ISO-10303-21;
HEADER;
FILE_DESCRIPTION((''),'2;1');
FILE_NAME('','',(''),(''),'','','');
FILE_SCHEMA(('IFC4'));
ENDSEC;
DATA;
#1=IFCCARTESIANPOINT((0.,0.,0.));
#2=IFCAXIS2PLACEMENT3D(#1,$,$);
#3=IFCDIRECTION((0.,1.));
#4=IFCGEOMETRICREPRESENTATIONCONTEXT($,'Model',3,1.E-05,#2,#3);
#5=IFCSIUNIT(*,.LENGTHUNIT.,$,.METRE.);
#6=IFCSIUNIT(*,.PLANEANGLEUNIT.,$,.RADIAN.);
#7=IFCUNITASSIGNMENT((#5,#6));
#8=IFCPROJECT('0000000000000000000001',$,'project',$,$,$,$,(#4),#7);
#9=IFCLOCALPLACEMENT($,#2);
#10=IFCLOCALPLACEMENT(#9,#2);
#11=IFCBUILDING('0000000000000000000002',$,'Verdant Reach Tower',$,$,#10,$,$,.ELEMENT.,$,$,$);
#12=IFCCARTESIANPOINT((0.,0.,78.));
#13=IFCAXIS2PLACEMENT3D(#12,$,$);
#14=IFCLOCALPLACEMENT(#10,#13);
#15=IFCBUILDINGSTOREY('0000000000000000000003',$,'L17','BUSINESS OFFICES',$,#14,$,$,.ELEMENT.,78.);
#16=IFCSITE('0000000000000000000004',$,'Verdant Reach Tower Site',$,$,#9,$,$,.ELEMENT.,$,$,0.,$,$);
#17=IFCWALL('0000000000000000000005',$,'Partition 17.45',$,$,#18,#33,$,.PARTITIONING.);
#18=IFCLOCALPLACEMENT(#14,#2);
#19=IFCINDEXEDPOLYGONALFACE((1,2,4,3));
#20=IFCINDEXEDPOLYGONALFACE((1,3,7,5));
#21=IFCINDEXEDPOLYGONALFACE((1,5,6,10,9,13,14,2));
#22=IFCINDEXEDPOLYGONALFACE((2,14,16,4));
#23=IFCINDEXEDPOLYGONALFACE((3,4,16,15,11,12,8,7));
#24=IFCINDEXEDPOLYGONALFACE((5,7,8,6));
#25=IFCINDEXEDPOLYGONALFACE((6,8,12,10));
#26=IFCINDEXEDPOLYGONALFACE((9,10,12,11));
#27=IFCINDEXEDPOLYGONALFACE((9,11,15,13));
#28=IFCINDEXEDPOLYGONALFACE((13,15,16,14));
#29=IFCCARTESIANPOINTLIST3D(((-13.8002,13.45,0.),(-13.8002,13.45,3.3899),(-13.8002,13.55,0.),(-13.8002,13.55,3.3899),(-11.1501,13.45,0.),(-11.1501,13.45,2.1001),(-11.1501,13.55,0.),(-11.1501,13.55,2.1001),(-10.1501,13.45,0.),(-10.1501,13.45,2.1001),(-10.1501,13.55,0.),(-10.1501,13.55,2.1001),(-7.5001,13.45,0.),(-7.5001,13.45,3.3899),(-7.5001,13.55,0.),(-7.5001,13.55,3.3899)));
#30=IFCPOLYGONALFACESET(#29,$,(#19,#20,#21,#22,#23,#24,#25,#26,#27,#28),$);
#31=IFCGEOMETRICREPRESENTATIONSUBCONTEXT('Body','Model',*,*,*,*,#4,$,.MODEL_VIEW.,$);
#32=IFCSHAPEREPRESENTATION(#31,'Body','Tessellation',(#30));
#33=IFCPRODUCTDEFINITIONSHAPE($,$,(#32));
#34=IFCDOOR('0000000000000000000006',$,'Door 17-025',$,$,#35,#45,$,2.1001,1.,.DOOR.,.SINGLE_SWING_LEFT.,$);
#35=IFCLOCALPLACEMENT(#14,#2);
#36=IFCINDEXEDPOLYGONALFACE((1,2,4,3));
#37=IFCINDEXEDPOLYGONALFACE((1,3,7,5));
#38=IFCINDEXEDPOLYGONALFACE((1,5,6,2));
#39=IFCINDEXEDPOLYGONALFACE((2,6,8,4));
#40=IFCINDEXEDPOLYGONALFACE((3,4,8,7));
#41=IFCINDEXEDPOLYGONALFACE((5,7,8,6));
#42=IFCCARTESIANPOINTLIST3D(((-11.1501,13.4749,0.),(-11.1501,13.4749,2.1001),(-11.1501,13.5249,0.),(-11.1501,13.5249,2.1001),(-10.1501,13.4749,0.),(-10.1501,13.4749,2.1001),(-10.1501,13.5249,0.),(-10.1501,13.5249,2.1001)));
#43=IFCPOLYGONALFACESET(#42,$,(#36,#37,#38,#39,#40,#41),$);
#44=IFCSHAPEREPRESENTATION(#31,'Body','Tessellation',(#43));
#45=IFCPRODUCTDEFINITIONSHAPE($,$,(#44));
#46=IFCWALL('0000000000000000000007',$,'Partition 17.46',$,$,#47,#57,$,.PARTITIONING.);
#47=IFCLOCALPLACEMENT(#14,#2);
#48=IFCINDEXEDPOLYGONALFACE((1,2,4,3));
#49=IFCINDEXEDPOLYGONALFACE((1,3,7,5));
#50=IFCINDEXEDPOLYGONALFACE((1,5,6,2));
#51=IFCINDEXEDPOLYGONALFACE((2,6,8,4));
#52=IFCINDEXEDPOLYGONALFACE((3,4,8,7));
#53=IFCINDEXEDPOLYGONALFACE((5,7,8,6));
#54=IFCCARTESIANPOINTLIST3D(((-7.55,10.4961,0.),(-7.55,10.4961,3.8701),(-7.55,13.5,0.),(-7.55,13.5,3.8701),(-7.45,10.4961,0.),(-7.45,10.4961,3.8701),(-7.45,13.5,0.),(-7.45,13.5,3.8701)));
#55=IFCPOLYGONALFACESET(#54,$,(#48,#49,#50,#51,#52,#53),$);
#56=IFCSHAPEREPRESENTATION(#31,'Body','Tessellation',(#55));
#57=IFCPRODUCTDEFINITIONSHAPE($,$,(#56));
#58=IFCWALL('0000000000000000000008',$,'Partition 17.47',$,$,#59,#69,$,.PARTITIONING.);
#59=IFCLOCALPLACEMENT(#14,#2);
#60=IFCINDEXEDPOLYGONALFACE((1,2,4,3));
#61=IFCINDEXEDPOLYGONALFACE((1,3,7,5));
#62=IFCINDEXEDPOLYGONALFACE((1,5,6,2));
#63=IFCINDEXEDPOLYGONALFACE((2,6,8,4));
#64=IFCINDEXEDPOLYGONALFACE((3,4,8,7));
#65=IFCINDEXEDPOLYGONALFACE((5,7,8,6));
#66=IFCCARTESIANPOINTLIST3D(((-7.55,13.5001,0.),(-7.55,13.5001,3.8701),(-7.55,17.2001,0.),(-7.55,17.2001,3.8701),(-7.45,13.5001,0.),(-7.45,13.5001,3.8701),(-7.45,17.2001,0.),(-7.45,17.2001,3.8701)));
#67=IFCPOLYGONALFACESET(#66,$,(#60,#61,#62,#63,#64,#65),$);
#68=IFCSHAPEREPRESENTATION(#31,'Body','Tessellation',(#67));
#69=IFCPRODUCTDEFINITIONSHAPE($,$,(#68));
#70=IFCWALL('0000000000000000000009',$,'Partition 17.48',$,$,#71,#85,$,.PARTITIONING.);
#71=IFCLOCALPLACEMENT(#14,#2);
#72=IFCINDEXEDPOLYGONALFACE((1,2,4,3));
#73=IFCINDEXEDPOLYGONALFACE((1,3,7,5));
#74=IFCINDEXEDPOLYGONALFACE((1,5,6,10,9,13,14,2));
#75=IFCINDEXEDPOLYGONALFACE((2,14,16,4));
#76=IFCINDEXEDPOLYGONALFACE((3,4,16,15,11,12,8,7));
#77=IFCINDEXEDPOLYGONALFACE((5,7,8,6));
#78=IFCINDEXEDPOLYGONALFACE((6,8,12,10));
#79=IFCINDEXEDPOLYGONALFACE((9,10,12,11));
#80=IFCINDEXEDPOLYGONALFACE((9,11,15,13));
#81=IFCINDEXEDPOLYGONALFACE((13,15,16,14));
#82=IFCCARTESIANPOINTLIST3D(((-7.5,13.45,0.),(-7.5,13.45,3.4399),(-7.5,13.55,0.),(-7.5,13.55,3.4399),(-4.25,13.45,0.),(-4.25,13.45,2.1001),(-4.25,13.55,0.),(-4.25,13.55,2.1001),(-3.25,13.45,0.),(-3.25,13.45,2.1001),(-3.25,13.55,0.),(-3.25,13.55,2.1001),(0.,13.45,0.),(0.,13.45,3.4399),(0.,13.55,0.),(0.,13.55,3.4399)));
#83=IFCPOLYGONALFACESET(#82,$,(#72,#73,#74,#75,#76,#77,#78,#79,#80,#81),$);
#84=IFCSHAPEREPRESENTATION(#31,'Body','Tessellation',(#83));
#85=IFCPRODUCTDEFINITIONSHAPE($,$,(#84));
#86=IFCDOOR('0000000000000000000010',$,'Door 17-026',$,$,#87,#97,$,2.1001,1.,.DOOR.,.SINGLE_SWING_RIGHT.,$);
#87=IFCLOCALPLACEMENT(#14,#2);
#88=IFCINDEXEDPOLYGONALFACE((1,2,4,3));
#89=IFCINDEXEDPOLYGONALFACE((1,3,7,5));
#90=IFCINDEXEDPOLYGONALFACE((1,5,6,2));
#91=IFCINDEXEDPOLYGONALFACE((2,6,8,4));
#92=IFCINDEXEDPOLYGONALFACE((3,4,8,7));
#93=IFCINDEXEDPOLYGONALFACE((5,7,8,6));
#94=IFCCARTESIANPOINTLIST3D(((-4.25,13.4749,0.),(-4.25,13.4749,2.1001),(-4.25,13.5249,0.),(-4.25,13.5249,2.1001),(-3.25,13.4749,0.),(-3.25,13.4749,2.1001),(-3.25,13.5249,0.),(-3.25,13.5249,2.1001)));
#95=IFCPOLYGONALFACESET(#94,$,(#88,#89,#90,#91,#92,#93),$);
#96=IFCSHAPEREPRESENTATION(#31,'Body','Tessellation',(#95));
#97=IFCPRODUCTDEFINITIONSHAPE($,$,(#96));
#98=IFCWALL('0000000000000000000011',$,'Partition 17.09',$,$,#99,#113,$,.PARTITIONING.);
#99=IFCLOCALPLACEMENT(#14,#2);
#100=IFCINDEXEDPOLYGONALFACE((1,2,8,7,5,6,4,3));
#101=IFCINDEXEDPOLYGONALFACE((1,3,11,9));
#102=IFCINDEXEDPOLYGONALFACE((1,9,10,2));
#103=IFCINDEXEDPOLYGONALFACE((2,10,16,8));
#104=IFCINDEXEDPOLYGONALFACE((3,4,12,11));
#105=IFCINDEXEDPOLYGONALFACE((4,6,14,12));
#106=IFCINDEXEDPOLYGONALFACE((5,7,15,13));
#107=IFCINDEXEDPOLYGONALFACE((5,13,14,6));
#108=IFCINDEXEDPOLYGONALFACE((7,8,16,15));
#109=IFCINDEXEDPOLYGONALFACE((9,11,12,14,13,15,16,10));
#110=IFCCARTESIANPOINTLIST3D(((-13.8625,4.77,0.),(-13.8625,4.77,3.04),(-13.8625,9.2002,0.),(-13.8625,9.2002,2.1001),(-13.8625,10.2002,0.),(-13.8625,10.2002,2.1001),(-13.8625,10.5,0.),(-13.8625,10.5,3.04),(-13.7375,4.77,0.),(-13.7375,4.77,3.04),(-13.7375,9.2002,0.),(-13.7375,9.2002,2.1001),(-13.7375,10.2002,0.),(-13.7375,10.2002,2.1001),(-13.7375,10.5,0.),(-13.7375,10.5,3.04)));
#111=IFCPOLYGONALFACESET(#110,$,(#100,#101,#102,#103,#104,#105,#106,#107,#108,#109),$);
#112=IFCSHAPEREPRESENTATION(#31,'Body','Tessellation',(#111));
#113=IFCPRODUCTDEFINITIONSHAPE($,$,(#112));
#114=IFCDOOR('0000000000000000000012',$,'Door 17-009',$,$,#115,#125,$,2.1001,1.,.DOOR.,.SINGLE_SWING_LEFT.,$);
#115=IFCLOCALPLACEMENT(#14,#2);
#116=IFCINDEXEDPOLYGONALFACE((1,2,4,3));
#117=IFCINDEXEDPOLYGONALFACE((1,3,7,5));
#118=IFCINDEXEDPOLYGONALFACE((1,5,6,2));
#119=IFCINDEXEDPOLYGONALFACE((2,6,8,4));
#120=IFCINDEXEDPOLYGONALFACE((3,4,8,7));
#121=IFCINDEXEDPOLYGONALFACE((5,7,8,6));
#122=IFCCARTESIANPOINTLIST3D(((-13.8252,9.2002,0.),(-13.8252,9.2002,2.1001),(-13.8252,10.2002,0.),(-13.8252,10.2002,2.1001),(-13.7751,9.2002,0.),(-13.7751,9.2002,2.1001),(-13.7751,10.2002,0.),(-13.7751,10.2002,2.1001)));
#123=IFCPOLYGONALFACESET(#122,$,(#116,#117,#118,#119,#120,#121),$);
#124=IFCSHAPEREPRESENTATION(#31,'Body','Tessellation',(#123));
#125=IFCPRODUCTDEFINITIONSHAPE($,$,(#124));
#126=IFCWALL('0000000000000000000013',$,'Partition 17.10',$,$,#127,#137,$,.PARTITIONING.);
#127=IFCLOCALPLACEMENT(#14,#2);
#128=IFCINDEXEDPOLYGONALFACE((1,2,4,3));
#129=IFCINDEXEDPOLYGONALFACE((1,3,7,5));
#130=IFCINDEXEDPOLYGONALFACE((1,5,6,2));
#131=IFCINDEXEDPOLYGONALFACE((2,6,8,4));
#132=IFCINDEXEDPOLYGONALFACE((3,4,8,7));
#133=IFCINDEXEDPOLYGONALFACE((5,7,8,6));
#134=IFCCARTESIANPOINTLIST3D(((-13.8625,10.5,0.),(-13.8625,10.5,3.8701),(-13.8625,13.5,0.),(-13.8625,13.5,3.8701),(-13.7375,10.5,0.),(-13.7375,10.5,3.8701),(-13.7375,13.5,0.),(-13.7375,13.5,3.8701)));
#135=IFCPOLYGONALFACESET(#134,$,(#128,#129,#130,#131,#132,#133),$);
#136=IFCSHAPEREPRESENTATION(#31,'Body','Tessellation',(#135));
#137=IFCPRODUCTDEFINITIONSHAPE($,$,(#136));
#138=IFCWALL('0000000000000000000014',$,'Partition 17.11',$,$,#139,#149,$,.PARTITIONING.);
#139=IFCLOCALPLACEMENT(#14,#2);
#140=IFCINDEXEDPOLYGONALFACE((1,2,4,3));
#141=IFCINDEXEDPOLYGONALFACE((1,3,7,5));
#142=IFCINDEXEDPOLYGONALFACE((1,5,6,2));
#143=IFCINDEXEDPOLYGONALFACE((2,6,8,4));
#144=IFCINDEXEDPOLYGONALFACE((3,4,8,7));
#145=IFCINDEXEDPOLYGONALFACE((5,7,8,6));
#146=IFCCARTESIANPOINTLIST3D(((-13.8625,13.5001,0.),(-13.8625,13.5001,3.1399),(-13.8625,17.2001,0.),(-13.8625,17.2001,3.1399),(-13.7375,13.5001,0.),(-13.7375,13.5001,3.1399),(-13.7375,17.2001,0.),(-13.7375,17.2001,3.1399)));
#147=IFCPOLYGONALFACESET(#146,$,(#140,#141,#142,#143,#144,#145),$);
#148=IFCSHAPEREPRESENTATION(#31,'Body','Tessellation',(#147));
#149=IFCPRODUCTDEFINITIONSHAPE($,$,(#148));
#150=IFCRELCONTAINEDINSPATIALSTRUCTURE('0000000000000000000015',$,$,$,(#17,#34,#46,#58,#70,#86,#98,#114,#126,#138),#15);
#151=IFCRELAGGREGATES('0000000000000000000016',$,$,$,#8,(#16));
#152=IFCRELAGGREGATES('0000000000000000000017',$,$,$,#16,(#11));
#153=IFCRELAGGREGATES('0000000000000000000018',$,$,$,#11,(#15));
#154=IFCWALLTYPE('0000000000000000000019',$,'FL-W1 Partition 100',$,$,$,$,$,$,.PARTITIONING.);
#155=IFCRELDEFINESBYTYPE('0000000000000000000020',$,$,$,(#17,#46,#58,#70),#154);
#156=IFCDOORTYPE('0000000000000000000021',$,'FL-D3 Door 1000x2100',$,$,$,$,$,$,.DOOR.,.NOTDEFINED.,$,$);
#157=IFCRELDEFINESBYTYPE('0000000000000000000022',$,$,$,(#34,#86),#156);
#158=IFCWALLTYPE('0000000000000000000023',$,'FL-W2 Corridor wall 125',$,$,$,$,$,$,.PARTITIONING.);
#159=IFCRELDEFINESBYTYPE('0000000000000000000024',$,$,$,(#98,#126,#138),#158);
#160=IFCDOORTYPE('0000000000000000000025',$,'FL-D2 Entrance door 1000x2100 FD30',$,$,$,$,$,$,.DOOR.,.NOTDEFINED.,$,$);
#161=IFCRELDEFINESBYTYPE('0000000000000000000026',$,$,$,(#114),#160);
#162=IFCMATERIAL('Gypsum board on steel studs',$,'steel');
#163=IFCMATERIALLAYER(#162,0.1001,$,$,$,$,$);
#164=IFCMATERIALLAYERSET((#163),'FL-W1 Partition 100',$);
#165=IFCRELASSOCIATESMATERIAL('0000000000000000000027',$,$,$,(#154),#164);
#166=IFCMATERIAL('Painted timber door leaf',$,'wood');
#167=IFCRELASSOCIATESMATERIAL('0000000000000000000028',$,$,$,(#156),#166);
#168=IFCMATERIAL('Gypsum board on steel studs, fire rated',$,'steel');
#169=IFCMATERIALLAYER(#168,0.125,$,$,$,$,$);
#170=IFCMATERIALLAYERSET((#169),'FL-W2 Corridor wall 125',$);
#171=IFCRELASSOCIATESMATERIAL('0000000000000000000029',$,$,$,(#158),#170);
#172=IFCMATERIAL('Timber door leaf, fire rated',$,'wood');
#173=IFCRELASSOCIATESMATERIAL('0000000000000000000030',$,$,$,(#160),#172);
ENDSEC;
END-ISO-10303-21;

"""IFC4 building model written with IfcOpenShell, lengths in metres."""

from ifc_helpers import new_model, si_unit, direction, frame, frame_2d, origin, place, context, subcontext, project, spatial, rectangle, extrude, material, layer, layer_set, type_object, element, fill, save


model = new_model("IFC4")

# Units and contexts
model_context = context("Model", 3, precision=1e-05, world=origin(), true_north=direction((0.0, 1.0)))
body_context = subcontext(model_context, "Body", "Model", "MODEL_VIEW")
ifc_project = project(units=[si_unit("LENGTHUNIT", "METRE"), si_unit("PLANEANGLEUNIT", "RADIAN")], contexts=[model_context])

# Site, building, storey
site_placement = place(None, origin())
site = spatial("IfcSite", under=ifc_project, at=site_placement, Name="Verdant Reach Tower Site", CompositionType="ELEMENT", RefElevation=0.0)
building_placement = place(site_placement, origin())
building = spatial("IfcBuilding", under=site, at=building_placement, Name="Verdant Reach Tower", CompositionType="ELEMENT")
storey_placement = place(building_placement, frame((0.0, 0.0, 78.0)))
storey = spatial("IfcBuildingStorey", under=building, at=storey_placement, Name="L17", Description="BUSINESS OFFICES", CompositionType="ELEMENT", Elevation=78.0)

# Wall, opening, door
ifc_material_1 = material(Name="Gypsum board on steel studs", Category="steel")
ifc_layer_1 = layer(ifc_material_1, 0.1001)
ifc_layer_set_1 = layer_set([ifc_layer_1], Name="FL-W1 Partition 100")
wall_type_1 = type_object("IfcWallType", Name="FL-W1 Partition 100", PredefinedType="PARTITIONING", material=ifc_layer_set_1)
ifc_material_2 = material(Name="Painted timber door leaf", Category="wood")
door_type_1 = type_object("IfcDoorType", Name="FL-D3 Door 1000x2100", OperationType="NOTDEFINED", PredefinedType="DOOR", material=ifc_material_2)
wall_1_placement = place(storey_placement, frame((-13.8, 13.5, 0.0), z_axis=(0.0, 0.0, 1.0), x_axis=(1.0, 0.0, 0.0)))
wall_1 = element("IfcWall", 1, at=wall_1_placement, inside=storey, type_object=wall_type_1, Name="Partition 17.45", PredefinedType="PARTITIONING", context=body_context, shape_type="SweptSolid", body=[
    extrude(rectangle(XDim=6.3, YDim=0.1001, at=frame_2d((3.1499, 0.0))), origin(), (0.0, 0.0, 1.0), 3.3899),
])
opening_1_placement = place(wall_1_placement, frame((2.6499, 0.0, 0.0)))
opening_1 = element("IfcOpeningElement", 2, at=opening_1_placement, cuts=wall_1, PredefinedType="OPENING", context=body_context, shape_type="SweptSolid", body=[
    extrude(rectangle(XDim=1.0, YDim=2.1001, at=frame_2d((0.5, 1.05))), frame((0.0, 0.0601, 0.0), z_axis=(0.0, -1.0, 0.0), x_axis=(1.0, 0.0, 0.0)), (0.0, 0.0, 1.0), 0.1201),
])
door_1_placement = place(opening_1_placement, origin())
door_1 = element("IfcDoor", 3, at=door_1_placement, inside=storey, type_object=door_type_1, Name="Door 17-025", OperationType="SINGLE_SWING_LEFT", OverallHeight=2.1001, OverallWidth=1.0, PredefinedType="DOOR", context=body_context, shape_type="SweptSolid", body=[
    extrude(rectangle(XDim=1.0, YDim=2.1001, at=frame_2d((0.5, 1.05))), frame((0.0, 0.0249, 0.0), z_axis=(0.0, -1.0, 0.0), x_axis=(1.0, 0.0, 0.0)), (0.0, 0.0, 1.0), 0.05),
])
fill(opening_1, door_1)

# Walls
wall_2_placement = place(storey_placement, frame((-7.5, 10.4961, 0.0), z_axis=(0.0, 0.0, 1.0), x_axis=(0.0, 1.0, 0.0)))
element("IfcWall", 4, at=wall_2_placement, inside=storey, type_object=wall_type_1, Name="Partition 17.46", PredefinedType="PARTITIONING", context=body_context, shape_type="SweptSolid", body=[
    extrude(rectangle(XDim=3.0039, YDim=0.1001, at=frame_2d((1.502, 0.0))), origin(), (0.0, 0.0, 1.0), 3.8701),
])
wall_3_placement = place(storey_placement, frame((-7.5, 13.5, 0.0), z_axis=(0.0, 0.0, 1.0), x_axis=(0.0, 1.0, 0.0)))
element("IfcWall", 5, at=wall_3_placement, inside=storey, type_object=wall_type_1, Name="Partition 17.47", PredefinedType="PARTITIONING", context=body_context, shape_type="SweptSolid", body=[
    extrude(rectangle(XDim=3.7, YDim=0.1001, at=frame_2d((1.8501, 0.0))), origin(), (0.0, 0.0, 1.0), 3.8701),
])

# Walls, openings, doors
wall_4_placement = place(storey_placement, frame((-7.5, 13.5, 0.0), z_axis=(0.0, 0.0, 1.0), x_axis=(1.0, 0.0, 0.0)))
wall_4 = element("IfcWall", 6, at=wall_4_placement, inside=storey, type_object=wall_type_1, Name="Partition 17.48", PredefinedType="PARTITIONING", context=body_context, shape_type="SweptSolid", body=[
    extrude(rectangle(XDim=7.5, YDim=0.1001, at=frame_2d((3.75, 0.0))), origin(), (0.0, 0.0, 1.0), 3.4399),
])
opening_2_placement = place(wall_4_placement, frame((3.25, 0.0, 0.0)))
opening_2 = element("IfcOpeningElement", 7, at=opening_2_placement, cuts=wall_4, PredefinedType="OPENING", context=body_context, shape_type="SweptSolid", body=[
    extrude(rectangle(XDim=1.0, YDim=2.1001, at=frame_2d((0.5, 1.05))), frame((0.0, 0.0601, 0.0), z_axis=(0.0, -1.0, 0.0), x_axis=(1.0, 0.0, 0.0)), (0.0, 0.0, 1.0), 0.1201),
])
door_2_placement = place(opening_2_placement, origin())
door_2 = element("IfcDoor", 8, at=door_2_placement, inside=storey, type_object=door_type_1, Name="Door 17-026", OperationType="SINGLE_SWING_RIGHT", OverallHeight=2.1001, OverallWidth=1.0, PredefinedType="DOOR", context=body_context, shape_type="SweptSolid", body=[
    extrude(rectangle(XDim=1.0, YDim=2.1001, at=frame_2d((0.5, 1.05))), frame((0.0, 0.0249, 0.0), z_axis=(0.0, -1.0, 0.0), x_axis=(1.0, 0.0, 0.0)), (0.0, 0.0, 1.0), 0.05),
])
fill(opening_2, door_2)
ifc_material_3 = material(Name="Gypsum board on steel studs, fire rated", Category="steel")
ifc_layer_2 = layer(ifc_material_3, 0.125)
ifc_layer_set_2 = layer_set([ifc_layer_2], Name="FL-W2 Corridor wall 125")
wall_type_2 = type_object("IfcWallType", Name="FL-W2 Corridor wall 125", PredefinedType="PARTITIONING", material=ifc_layer_set_2)
wall_5_placement = place(storey_placement, frame((-13.8, 10.5, 0.0), z_axis=(0.0, 0.0, 1.0), x_axis=(0.0, -1.0, 0.0)))
wall_5 = element("IfcWall", 9, at=wall_5_placement, inside=storey, type_object=wall_type_2, Name="Partition 17.09", PredefinedType="PARTITIONING", context=body_context, shape_type="SweptSolid", body=[
    extrude(rectangle(XDim=5.73, YDim=0.125, at=frame_2d((2.865, 0.0))), origin(), (0.0, 0.0, 1.0), 3.04),
])
opening_3_placement = place(wall_5_placement, frame((0.2998, 0.0, 0.0)))
opening_3 = element("IfcOpeningElement", 10, at=opening_3_placement, cuts=wall_5, PredefinedType="OPENING", context=body_context, shape_type="SweptSolid", body=[
    extrude(rectangle(XDim=1.0, YDim=2.1001, at=frame_2d((0.5, 1.05))), frame((0.0, 0.0725, 0.0), z_axis=(0.0, -1.0, 0.0), x_axis=(1.0, 0.0, 0.0)), (0.0, 0.0, 1.0), 0.145),
])
ifc_material_4 = material(Name="Timber door leaf, fire rated", Category="wood")
door_type_2 = type_object("IfcDoorType", Name="FL-D2 Entrance door 1000x2100 FD30", OperationType="NOTDEFINED", PredefinedType="DOOR", material=ifc_material_4)
door_3_placement = place(opening_3_placement, origin())
door_3 = element("IfcDoor", 11, at=door_3_placement, inside=storey, type_object=door_type_2, Name="Door 17-009", OperationType="SINGLE_SWING_LEFT", OverallHeight=2.1001, OverallWidth=1.0, PredefinedType="DOOR", context=body_context, shape_type="SweptSolid", body=[
    extrude(rectangle(XDim=1.0, YDim=2.1001, at=frame_2d((0.5, 1.05))), frame((0.0, 0.0249, 0.0), z_axis=(0.0, -1.0, 0.0), x_axis=(1.0, 0.0, 0.0)), (0.0, 0.0, 1.0), 0.05),
])
fill(opening_3, door_3)

# Walls
wall_6_placement = place(storey_placement, frame((-13.8, 10.5, 0.0), z_axis=(0.0, 0.0, 1.0), x_axis=(0.0, 1.0, 0.0)))
element("IfcWall", 12, at=wall_6_placement, inside=storey, type_object=wall_type_2, Name="Partition 17.10", PredefinedType="PARTITIONING", context=body_context, shape_type="SweptSolid", body=[
    extrude(rectangle(XDim=3.0, YDim=0.125, at=frame_2d((1.5, 0.0))), origin(), (0.0, 0.0, 1.0), 3.8701),
])
wall_7_placement = place(storey_placement, frame((-13.8, 13.5, 0.0), z_axis=(0.0, 0.0, 1.0), x_axis=(0.0, 1.0, 0.0)))
element("IfcWall", 13, at=wall_7_placement, inside=storey, type_object=wall_type_2, Name="Partition 17.11", PredefinedType="PARTITIONING", context=body_context, shape_type="SweptSolid", body=[
    extrude(rectangle(XDim=3.7, YDim=0.125, at=frame_2d((1.8501, 0.0))), origin(), (0.0, 0.0, 1.0), 3.1399),
])

save(model, "model.ifc")
